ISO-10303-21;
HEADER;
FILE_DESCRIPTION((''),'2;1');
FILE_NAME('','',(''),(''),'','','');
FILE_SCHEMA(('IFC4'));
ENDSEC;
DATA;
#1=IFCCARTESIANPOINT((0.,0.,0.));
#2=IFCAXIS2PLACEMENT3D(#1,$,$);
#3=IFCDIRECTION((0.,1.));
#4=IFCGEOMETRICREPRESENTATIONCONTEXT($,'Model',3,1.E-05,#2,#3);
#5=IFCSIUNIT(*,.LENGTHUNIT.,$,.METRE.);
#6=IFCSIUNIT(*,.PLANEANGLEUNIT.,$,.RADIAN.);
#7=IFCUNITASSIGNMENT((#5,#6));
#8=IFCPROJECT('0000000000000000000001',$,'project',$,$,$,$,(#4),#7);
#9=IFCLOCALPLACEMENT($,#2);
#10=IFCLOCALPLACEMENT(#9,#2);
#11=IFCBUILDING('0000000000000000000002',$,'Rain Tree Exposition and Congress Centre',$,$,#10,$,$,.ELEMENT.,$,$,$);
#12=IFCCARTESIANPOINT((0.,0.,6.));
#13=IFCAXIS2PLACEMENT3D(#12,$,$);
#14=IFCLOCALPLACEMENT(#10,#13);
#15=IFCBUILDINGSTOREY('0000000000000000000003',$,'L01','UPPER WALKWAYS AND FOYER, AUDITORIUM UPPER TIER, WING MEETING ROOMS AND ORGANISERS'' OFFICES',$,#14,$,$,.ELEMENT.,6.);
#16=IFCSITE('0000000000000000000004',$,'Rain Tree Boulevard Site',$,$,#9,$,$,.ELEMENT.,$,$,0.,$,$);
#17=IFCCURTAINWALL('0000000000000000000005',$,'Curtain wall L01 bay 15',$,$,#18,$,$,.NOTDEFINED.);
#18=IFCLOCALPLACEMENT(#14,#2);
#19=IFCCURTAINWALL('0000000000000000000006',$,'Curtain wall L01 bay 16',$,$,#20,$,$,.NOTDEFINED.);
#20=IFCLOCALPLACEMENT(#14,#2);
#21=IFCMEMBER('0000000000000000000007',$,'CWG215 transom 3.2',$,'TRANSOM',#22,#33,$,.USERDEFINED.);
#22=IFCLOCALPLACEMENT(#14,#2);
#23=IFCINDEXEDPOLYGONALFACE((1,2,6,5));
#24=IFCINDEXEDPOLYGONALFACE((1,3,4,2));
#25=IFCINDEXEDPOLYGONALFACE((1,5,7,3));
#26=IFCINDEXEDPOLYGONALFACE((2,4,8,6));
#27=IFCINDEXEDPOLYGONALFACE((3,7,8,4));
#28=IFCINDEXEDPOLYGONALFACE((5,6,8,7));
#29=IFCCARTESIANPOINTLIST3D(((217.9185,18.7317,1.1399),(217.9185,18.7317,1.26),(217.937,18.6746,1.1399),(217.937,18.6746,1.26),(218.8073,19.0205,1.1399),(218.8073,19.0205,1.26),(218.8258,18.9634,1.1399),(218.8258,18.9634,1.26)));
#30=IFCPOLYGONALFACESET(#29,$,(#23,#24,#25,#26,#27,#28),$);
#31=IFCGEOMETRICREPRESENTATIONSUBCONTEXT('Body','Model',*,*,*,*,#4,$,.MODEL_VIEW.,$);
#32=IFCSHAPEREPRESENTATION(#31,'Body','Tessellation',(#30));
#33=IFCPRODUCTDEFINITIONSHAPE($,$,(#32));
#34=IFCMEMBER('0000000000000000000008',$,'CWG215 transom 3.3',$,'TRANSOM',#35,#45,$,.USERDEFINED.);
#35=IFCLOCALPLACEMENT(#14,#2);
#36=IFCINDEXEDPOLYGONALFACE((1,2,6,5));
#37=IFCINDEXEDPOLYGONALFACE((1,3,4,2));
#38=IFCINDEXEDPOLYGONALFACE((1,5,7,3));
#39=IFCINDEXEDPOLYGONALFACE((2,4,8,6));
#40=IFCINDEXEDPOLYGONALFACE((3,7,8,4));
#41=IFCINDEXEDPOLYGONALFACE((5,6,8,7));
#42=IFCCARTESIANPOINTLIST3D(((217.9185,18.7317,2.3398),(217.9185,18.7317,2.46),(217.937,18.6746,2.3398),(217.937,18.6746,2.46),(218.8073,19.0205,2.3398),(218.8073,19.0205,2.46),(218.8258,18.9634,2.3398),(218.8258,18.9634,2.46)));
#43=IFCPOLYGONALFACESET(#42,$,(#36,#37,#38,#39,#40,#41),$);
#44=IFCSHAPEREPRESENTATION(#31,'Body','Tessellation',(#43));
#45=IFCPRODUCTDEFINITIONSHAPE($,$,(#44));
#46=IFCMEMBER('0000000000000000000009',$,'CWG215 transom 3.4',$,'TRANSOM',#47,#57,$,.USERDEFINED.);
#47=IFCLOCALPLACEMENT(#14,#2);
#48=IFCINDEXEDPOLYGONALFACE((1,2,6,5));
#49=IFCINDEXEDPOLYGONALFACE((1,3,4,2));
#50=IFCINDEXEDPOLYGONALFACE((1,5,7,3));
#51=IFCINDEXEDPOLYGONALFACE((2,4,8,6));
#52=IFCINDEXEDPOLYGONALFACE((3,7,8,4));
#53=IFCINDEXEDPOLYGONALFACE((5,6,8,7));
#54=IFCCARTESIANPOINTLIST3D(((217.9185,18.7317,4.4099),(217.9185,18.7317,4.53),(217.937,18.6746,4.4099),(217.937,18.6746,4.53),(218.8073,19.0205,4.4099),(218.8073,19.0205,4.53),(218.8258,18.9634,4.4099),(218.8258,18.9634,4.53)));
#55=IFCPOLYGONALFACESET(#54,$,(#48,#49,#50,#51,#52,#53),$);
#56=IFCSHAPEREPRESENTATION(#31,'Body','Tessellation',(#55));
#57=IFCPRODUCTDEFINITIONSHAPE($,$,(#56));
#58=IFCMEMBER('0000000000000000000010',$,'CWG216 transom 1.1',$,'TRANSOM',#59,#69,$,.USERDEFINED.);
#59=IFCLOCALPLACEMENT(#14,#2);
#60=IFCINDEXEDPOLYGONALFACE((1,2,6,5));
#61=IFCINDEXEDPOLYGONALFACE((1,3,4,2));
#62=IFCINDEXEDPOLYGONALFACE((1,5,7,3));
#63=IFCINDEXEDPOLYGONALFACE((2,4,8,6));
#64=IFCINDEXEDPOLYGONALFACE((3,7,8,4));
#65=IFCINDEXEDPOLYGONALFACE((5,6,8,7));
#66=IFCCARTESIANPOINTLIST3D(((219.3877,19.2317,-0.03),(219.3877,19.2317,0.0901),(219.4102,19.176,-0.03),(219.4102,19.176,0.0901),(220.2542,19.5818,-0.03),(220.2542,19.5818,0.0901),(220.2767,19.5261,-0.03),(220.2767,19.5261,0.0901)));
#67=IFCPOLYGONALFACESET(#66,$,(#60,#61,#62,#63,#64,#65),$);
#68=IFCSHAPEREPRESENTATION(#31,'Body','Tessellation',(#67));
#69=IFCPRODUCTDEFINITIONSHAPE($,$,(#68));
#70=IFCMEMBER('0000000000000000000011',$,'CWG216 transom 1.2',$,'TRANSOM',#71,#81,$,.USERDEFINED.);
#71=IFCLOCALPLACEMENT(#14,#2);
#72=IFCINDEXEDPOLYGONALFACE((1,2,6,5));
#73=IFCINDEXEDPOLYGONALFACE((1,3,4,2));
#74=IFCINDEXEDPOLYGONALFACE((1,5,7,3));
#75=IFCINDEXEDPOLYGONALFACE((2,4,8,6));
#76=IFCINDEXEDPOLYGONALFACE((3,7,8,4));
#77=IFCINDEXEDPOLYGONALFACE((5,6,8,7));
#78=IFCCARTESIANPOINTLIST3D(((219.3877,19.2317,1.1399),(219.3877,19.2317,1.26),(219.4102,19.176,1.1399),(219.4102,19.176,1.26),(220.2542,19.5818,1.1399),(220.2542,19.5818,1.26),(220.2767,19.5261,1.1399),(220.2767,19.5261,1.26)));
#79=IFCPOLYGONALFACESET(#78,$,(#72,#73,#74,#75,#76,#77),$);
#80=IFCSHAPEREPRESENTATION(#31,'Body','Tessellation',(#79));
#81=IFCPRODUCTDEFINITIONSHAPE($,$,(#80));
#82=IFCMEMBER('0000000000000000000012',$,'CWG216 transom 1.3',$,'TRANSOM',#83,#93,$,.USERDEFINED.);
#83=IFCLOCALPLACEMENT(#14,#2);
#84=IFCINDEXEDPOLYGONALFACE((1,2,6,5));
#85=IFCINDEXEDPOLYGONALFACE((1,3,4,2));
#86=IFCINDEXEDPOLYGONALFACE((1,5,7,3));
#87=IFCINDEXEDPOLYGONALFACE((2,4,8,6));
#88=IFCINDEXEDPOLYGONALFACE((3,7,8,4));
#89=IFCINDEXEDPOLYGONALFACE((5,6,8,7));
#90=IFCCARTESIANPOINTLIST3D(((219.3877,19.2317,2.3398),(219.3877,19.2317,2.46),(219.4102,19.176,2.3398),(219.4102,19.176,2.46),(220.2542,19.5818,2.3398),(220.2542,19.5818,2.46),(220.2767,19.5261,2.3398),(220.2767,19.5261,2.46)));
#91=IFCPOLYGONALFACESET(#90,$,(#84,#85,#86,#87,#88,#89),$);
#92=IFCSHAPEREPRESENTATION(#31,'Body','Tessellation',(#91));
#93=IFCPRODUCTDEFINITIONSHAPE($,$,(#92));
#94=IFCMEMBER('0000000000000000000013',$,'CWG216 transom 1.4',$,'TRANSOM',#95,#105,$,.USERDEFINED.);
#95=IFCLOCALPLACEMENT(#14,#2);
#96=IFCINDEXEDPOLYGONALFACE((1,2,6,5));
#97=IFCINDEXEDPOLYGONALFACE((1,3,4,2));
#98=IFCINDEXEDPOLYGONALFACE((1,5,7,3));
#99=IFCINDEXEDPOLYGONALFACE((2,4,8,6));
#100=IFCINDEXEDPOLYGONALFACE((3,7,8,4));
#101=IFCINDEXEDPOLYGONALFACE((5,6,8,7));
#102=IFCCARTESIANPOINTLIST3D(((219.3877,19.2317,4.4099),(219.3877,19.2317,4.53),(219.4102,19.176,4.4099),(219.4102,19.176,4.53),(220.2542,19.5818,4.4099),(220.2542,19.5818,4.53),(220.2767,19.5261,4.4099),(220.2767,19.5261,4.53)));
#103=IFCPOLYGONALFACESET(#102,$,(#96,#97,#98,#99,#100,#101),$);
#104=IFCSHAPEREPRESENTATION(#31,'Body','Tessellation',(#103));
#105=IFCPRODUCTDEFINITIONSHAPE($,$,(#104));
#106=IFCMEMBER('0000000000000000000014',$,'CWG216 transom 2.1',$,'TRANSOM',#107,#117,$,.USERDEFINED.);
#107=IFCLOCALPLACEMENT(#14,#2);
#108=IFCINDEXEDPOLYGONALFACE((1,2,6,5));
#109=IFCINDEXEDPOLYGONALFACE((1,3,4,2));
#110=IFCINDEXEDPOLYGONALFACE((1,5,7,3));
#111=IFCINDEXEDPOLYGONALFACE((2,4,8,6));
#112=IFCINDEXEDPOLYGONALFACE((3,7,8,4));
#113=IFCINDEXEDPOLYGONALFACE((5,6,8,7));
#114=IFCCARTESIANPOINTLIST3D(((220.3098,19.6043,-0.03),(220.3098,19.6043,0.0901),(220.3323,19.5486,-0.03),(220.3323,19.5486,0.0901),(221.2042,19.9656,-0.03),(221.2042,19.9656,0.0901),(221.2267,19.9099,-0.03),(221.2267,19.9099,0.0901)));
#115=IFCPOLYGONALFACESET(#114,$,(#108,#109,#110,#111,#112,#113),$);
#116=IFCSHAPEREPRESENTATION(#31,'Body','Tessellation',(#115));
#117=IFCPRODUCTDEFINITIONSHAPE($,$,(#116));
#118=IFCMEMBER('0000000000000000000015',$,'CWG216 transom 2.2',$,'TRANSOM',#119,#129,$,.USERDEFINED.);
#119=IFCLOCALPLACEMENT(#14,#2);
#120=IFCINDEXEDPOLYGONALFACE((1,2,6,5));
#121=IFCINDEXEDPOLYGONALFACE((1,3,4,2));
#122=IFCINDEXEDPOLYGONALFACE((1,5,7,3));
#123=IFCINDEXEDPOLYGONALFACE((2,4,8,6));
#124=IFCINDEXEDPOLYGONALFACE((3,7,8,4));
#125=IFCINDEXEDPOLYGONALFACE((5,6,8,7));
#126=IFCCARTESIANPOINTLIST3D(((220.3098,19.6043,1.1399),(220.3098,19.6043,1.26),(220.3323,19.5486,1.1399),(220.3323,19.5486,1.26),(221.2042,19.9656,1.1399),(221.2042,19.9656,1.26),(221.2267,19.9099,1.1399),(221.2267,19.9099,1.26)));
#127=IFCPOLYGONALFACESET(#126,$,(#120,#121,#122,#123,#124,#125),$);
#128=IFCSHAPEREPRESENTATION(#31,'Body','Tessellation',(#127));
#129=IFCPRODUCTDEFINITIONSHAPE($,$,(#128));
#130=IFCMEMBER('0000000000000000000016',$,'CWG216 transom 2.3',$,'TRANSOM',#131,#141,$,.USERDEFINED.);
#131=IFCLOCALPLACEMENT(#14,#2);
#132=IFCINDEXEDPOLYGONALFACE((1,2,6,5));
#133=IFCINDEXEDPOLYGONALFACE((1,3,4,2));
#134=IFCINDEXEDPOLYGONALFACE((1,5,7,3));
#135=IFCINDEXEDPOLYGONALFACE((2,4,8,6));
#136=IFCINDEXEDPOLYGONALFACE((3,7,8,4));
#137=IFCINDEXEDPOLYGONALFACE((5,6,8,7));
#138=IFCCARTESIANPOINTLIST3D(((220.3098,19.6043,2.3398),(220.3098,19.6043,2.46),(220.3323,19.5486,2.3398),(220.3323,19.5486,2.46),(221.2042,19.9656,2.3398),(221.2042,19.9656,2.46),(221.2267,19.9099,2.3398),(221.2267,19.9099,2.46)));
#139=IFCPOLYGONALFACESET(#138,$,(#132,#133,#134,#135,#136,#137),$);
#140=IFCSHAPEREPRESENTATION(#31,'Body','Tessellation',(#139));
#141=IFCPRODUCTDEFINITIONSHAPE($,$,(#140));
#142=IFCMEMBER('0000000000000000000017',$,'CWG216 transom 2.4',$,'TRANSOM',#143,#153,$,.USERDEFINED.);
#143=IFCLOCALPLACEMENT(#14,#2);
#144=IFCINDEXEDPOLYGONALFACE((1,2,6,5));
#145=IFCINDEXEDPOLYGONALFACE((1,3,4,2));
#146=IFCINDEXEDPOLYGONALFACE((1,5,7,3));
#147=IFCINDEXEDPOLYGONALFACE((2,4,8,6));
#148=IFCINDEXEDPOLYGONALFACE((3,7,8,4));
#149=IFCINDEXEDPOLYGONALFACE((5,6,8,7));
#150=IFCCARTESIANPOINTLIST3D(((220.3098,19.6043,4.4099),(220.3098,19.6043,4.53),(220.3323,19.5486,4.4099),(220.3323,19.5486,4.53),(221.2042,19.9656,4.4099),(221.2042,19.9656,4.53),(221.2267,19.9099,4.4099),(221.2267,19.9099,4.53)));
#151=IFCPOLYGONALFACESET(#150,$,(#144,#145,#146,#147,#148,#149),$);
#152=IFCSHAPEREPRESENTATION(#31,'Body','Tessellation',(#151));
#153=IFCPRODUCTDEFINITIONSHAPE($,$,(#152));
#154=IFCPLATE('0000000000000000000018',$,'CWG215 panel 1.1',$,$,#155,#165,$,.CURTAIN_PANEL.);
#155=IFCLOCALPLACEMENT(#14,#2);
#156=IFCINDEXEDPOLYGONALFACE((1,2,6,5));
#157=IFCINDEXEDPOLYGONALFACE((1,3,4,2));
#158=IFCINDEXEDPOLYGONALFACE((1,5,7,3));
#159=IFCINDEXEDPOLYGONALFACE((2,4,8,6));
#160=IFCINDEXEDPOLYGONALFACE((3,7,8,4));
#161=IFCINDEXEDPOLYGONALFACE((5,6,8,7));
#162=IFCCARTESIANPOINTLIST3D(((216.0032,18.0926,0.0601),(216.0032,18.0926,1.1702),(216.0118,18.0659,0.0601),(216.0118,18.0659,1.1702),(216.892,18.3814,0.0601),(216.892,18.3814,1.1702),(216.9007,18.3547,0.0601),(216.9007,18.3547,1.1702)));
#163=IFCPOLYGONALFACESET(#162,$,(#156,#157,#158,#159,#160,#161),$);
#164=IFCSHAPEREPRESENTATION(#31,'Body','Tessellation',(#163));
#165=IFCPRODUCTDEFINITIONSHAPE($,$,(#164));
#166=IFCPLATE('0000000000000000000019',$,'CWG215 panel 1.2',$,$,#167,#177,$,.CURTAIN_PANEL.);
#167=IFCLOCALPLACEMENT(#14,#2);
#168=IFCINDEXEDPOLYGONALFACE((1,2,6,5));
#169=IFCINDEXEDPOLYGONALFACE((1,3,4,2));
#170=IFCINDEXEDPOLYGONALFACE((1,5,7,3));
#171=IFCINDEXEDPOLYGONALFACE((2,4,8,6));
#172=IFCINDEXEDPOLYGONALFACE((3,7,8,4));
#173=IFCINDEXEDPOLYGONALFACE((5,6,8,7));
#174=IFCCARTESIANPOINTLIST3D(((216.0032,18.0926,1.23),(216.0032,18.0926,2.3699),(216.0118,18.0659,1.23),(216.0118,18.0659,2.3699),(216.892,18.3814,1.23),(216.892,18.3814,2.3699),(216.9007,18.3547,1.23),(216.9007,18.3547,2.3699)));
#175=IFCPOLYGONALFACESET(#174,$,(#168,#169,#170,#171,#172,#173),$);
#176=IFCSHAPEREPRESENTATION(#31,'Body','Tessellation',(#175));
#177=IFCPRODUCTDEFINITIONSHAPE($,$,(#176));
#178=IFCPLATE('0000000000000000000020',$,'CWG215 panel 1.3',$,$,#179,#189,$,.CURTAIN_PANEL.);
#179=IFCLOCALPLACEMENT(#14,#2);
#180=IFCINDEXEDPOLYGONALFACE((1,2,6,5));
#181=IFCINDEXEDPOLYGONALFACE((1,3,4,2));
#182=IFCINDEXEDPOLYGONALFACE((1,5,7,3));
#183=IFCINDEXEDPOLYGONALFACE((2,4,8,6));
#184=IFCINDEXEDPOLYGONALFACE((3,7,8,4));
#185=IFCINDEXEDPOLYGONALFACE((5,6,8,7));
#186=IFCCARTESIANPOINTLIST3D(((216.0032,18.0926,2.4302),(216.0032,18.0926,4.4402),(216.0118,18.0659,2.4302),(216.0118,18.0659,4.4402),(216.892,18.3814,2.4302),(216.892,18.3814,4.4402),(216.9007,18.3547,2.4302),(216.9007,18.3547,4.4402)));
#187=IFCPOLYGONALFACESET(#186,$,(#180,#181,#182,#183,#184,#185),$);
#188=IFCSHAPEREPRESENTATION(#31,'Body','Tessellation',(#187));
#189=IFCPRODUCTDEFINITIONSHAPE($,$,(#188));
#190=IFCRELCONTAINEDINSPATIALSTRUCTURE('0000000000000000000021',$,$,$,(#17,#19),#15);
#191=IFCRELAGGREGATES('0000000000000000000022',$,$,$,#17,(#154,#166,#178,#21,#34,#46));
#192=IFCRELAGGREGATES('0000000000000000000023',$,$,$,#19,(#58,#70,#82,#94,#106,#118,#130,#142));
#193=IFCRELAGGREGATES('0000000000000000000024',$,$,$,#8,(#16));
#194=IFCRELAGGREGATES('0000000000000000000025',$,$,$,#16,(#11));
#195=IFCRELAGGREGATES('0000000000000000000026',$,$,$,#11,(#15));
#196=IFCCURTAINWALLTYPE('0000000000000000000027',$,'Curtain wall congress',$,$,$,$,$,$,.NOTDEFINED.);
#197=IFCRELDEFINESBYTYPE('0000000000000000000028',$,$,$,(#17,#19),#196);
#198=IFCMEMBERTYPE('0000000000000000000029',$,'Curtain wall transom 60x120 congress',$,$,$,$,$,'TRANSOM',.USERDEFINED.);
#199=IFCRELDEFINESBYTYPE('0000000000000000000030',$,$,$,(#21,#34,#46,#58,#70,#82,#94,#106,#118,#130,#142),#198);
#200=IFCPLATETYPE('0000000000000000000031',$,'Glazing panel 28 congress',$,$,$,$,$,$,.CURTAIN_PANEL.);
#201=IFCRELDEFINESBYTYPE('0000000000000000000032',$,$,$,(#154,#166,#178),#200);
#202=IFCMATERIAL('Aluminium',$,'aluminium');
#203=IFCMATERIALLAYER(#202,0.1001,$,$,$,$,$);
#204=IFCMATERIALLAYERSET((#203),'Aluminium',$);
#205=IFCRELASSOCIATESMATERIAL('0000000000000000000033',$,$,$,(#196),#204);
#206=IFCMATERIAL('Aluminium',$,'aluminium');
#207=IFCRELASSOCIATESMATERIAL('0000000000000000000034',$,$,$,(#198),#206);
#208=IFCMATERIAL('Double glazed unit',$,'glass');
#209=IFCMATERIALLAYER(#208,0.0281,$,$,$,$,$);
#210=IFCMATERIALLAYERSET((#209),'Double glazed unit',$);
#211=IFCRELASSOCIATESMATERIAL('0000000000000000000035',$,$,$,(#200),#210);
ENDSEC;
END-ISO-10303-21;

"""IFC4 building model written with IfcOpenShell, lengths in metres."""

from ifc_helpers import new_model, si_unit, direction, frame, origin, origin_2d, place, context, subcontext, project, spatial, rectangle, extrude, material, layer, layer_set, material_profile, profile_set, type_object, element, aggregate, save


model = new_model("IFC4")

# Units and contexts
model_context = context("Model", 3, precision=1e-05, world=origin(), true_north=direction((0.0, 1.0)))
body_context = subcontext(model_context, "Body", "Model", "MODEL_VIEW")
ifc_project = project(units=[si_unit("LENGTHUNIT", "METRE"), si_unit("PLANEANGLEUNIT", "RADIAN")], contexts=[model_context])

# Site, building, storey
site_placement = place(None, origin())
site = spatial("IfcSite", under=ifc_project, at=site_placement, Name="Rain Tree Boulevard Site", CompositionType="ELEMENT", RefElevation=0.0)
building_placement = place(site_placement, origin())
building = spatial("IfcBuilding", under=site, at=building_placement, Name="Rain Tree Exposition and Congress Centre", CompositionType="ELEMENT")
storey_placement = place(building_placement, frame((0.0, 0.0, 6.0)))
storey = spatial("IfcBuildingStorey", under=building, at=storey_placement, Name="L01", Description="UPPER WALKWAYS AND FOYER, AUDITORIUM UPPER TIER, WING MEETING ROOMS AND ORGANISERS' OFFICES", CompositionType="ELEMENT", Elevation=6.0)

# Curtain walls
ifc_material_1 = material(Name="Aluminium", Category="aluminium")
ifc_layer_1 = layer(ifc_material_1, 0.1001)
ifc_layer_set_1 = layer_set([ifc_layer_1], Name="Aluminium")
curtain_wall_type = type_object("IfcCurtainWallType", Name="Curtain wall congress", PredefinedType="NOTDEFINED", material=ifc_layer_set_1)
curtain_wall_1_placement = place(storey_placement, origin())
curtain_wall_1 = element("IfcCurtainWall", 1, at=curtain_wall_1_placement, inside=storey, type_object=curtain_wall_type, Name="Curtain wall L01 bay 15", PredefinedType="NOTDEFINED")
curtain_wall_2_placement = place(storey_placement, origin())
curtain_wall_2 = element("IfcCurtainWall", 2, at=curtain_wall_2_placement, inside=storey, type_object=curtain_wall_type, Name="Curtain wall L01 bay 16", PredefinedType="NOTDEFINED")

# Members
ifc_material_2 = material(Name="Aluminium", Category="aluminium")
ifc_material_profile_1 = material_profile(ifc_material_2, rectangle(XDim=0.0601, YDim=0.1201, at=origin_2d()), Name="AL 60x120")
ifc_profile_set_1 = profile_set([ifc_material_profile_1], Name="Aluminium")
member_type_1 = type_object("IfcMemberType", Name="Curtain wall transom 60x120 congress", ElementType="TRANSOM", PredefinedType="USERDEFINED", material=ifc_profile_set_1)
member_1_placement = place(storey_placement, frame((217.9277, 18.7031, 1.2), z_axis=(0.951059, 0.309009, 0.0), x_axis=(-0.309009, 0.951059, 0.0)))
member_1 = element("IfcMember", 3, at=member_1_placement, type_object=member_type_1, Name="CWG215 transom 3.2", ObjectType="TRANSOM", PredefinedType="USERDEFINED", context=body_context, shape_type="SweptSolid", body=[
    extrude(rectangle(XDim=0.0601, YDim=0.1201, at=origin_2d()), origin(), (0.0, 0.0, 1.0), 0.9346),
])
member_2_placement = place(storey_placement, frame((217.9277, 18.7031, 2.3999), z_axis=(0.951059, 0.309009, 0.0), x_axis=(-0.309009, 0.951059, 0.0)))
member_2 = element("IfcMember", 4, at=member_2_placement, type_object=member_type_1, Name="CWG215 transom 3.3", ObjectType="TRANSOM", PredefinedType="USERDEFINED", context=body_context, shape_type="SweptSolid", body=[
    extrude(rectangle(XDim=0.0601, YDim=0.1201, at=origin_2d()), origin(), (0.0, 0.0, 1.0), 0.9346),
])
member_3_placement = place(storey_placement, frame((217.9277, 18.7031, 4.47), z_axis=(0.951059, 0.309009, 0.0), x_axis=(-0.309009, 0.951059, 0.0)))
member_3 = element("IfcMember", 5, at=member_3_placement, type_object=member_type_1, Name="CWG215 transom 3.4", ObjectType="TRANSOM", PredefinedType="USERDEFINED", context=body_context, shape_type="SweptSolid", body=[
    extrude(rectangle(XDim=0.0601, YDim=0.1201, at=origin_2d()), origin(), (0.0, 0.0, 1.0), 0.9346),
])
member_4_placement = place(storey_placement, frame((219.3989, 19.2039, 0.03), z_axis=(0.927174, 0.374632, 0.0), x_axis=(-0.374632, 0.927174, 0.0)))
member_4 = element("IfcMember", 6, at=member_4_placement, type_object=member_type_1, Name="CWG216 transom 1.1", ObjectType="TRANSOM", PredefinedType="USERDEFINED", context=body_context, shape_type="SweptSolid", body=[
    extrude(rectangle(XDim=0.0601, YDim=0.1201, at=origin_2d()), origin(), (0.0, 0.0, 1.0), 0.9346),
])
member_5_placement = place(storey_placement, frame((219.3989, 19.2039, 1.2), z_axis=(0.927174, 0.374632, 0.0), x_axis=(-0.374632, 0.927174, 0.0)))
member_5 = element("IfcMember", 7, at=member_5_placement, type_object=member_type_1, Name="CWG216 transom 1.2", ObjectType="TRANSOM", PredefinedType="USERDEFINED", context=body_context, shape_type="SweptSolid", body=[
    extrude(rectangle(XDim=0.0601, YDim=0.1201, at=origin_2d()), origin(), (0.0, 0.0, 1.0), 0.9346),
])
member_6_placement = place(storey_placement, frame((219.3989, 19.2039, 2.3999), z_axis=(0.927174, 0.374632, 0.0), x_axis=(-0.374632, 0.927174, 0.0)))
member_6 = element("IfcMember", 8, at=member_6_placement, type_object=member_type_1, Name="CWG216 transom 1.3", ObjectType="TRANSOM", PredefinedType="USERDEFINED", context=body_context, shape_type="SweptSolid", body=[
    extrude(rectangle(XDim=0.0601, YDim=0.1201, at=origin_2d()), origin(), (0.0, 0.0, 1.0), 0.9346),
])
member_7_placement = place(storey_placement, frame((219.3989, 19.2039, 4.47), z_axis=(0.927174, 0.374632, 0.0), x_axis=(-0.374632, 0.927174, 0.0)))
member_7 = element("IfcMember", 9, at=member_7_placement, type_object=member_type_1, Name="CWG216 transom 1.4", ObjectType="TRANSOM", PredefinedType="USERDEFINED", context=body_context, shape_type="SweptSolid", body=[
    extrude(rectangle(XDim=0.0601, YDim=0.1201, at=origin_2d()), origin(), (0.0, 0.0, 1.0), 0.9346),
])
member_8_placement = place(storey_placement, frame((220.321, 19.5764, 0.03), z_axis=(0.927179, 0.374618, 0.0), x_axis=(-0.374618, 0.927179, 0.0)))
member_8 = element("IfcMember", 10, at=member_8_placement, type_object=member_type_1, Name="CWG216 transom 2.1", ObjectType="TRANSOM", PredefinedType="USERDEFINED", context=body_context, shape_type="SweptSolid", body=[
    extrude(rectangle(XDim=0.0601, YDim=0.1201, at=origin_2d()), origin(), (0.0, 0.0, 1.0), 0.9646),
])
member_9_placement = place(storey_placement, frame((220.321, 19.5764, 1.2), z_axis=(0.927179, 0.374618, 0.0), x_axis=(-0.374618, 0.927179, 0.0)))
member_9 = element("IfcMember", 11, at=member_9_placement, type_object=member_type_1, Name="CWG216 transom 2.2", ObjectType="TRANSOM", PredefinedType="USERDEFINED", context=body_context, shape_type="SweptSolid", body=[
    extrude(rectangle(XDim=0.0601, YDim=0.1201, at=origin_2d()), origin(), (0.0, 0.0, 1.0), 0.9646),
])
member_10_placement = place(storey_placement, frame((220.321, 19.5764, 2.3999), z_axis=(0.927179, 0.374618, 0.0), x_axis=(-0.374618, 0.927179, 0.0)))
member_10 = element("IfcMember", 12, at=member_10_placement, type_object=member_type_1, Name="CWG216 transom 2.3", ObjectType="TRANSOM", PredefinedType="USERDEFINED", context=body_context, shape_type="SweptSolid", body=[
    extrude(rectangle(XDim=0.0601, YDim=0.1201, at=origin_2d()), origin(), (0.0, 0.0, 1.0), 0.9646),
])
member_11_placement = place(storey_placement, frame((220.321, 19.5764, 4.47), z_axis=(0.927179, 0.374618, 0.0), x_axis=(-0.374618, 0.927179, 0.0)))
member_11 = element("IfcMember", 13, at=member_11_placement, type_object=member_type_1, Name="CWG216 transom 2.4", ObjectType="TRANSOM", PredefinedType="USERDEFINED", context=body_context, shape_type="SweptSolid", body=[
    extrude(rectangle(XDim=0.0601, YDim=0.1201, at=origin_2d()), origin(), (0.0, 0.0, 1.0), 0.9646),
])

# Plates
ifc_material_3 = material(Name="Double glazed unit", Category="glass")
ifc_layer_2 = layer(ifc_material_3, 0.0281)
ifc_layer_set_2 = layer_set([ifc_layer_2], Name="Double glazed unit")
plate_type = type_object("IfcPlateType", Name="Glazing panel 28 congress", PredefinedType="CURTAIN_PANEL", material=ifc_layer_set_2)
plate_1_placement = place(storey_placement, frame((216.4519, 18.2236, 0.0601), z_axis=(0.0, 0.0, 1.0), x_axis=(0.95106, 0.309006, 0.0)))
plate_1 = element("IfcPlate", 14, at=plate_1_placement, type_object=plate_type, Name="CWG215 panel 1.1", PredefinedType="CURTAIN_PANEL", context=body_context, shape_type="SweptSolid", body=[
    extrude(rectangle(XDim=0.9346, YDim=0.0281, at=origin_2d()), origin(), (0.0, 0.0, 1.0), 1.1101),
])
plate_2_placement = place(storey_placement, frame((216.4519, 18.2236, 1.23), z_axis=(0.0, 0.0, 1.0), x_axis=(0.95106, 0.309006, 0.0)))
plate_2 = element("IfcPlate", 15, at=plate_2_placement, type_object=plate_type, Name="CWG215 panel 1.2", PredefinedType="CURTAIN_PANEL", context=body_context, shape_type="SweptSolid", body=[
    extrude(rectangle(XDim=0.9346, YDim=0.0281, at=origin_2d()), origin(), (0.0, 0.0, 1.0), 1.1399),
])
plate_3_placement = place(storey_placement, frame((216.4519, 18.2236, 2.4302), z_axis=(0.0, 0.0, 1.0), x_axis=(0.95106, 0.309006, 0.0)))
plate_3 = element("IfcPlate", 16, at=plate_3_placement, type_object=plate_type, Name="CWG215 panel 1.3", PredefinedType="CURTAIN_PANEL", context=body_context, shape_type="SweptSolid", body=[
    extrude(rectangle(XDim=0.9346, YDim=0.0281, at=origin_2d()), origin(), (0.0, 0.0, 1.0), 2.01),
])
aggregate(curtain_wall_1, [plate_1, plate_2, plate_3, member_1, member_2, member_3])
aggregate(curtain_wall_2, [member_4, member_5, member_6, member_7, member_8, member_9, member_10, member_11])

save(model, "model.ifc")
